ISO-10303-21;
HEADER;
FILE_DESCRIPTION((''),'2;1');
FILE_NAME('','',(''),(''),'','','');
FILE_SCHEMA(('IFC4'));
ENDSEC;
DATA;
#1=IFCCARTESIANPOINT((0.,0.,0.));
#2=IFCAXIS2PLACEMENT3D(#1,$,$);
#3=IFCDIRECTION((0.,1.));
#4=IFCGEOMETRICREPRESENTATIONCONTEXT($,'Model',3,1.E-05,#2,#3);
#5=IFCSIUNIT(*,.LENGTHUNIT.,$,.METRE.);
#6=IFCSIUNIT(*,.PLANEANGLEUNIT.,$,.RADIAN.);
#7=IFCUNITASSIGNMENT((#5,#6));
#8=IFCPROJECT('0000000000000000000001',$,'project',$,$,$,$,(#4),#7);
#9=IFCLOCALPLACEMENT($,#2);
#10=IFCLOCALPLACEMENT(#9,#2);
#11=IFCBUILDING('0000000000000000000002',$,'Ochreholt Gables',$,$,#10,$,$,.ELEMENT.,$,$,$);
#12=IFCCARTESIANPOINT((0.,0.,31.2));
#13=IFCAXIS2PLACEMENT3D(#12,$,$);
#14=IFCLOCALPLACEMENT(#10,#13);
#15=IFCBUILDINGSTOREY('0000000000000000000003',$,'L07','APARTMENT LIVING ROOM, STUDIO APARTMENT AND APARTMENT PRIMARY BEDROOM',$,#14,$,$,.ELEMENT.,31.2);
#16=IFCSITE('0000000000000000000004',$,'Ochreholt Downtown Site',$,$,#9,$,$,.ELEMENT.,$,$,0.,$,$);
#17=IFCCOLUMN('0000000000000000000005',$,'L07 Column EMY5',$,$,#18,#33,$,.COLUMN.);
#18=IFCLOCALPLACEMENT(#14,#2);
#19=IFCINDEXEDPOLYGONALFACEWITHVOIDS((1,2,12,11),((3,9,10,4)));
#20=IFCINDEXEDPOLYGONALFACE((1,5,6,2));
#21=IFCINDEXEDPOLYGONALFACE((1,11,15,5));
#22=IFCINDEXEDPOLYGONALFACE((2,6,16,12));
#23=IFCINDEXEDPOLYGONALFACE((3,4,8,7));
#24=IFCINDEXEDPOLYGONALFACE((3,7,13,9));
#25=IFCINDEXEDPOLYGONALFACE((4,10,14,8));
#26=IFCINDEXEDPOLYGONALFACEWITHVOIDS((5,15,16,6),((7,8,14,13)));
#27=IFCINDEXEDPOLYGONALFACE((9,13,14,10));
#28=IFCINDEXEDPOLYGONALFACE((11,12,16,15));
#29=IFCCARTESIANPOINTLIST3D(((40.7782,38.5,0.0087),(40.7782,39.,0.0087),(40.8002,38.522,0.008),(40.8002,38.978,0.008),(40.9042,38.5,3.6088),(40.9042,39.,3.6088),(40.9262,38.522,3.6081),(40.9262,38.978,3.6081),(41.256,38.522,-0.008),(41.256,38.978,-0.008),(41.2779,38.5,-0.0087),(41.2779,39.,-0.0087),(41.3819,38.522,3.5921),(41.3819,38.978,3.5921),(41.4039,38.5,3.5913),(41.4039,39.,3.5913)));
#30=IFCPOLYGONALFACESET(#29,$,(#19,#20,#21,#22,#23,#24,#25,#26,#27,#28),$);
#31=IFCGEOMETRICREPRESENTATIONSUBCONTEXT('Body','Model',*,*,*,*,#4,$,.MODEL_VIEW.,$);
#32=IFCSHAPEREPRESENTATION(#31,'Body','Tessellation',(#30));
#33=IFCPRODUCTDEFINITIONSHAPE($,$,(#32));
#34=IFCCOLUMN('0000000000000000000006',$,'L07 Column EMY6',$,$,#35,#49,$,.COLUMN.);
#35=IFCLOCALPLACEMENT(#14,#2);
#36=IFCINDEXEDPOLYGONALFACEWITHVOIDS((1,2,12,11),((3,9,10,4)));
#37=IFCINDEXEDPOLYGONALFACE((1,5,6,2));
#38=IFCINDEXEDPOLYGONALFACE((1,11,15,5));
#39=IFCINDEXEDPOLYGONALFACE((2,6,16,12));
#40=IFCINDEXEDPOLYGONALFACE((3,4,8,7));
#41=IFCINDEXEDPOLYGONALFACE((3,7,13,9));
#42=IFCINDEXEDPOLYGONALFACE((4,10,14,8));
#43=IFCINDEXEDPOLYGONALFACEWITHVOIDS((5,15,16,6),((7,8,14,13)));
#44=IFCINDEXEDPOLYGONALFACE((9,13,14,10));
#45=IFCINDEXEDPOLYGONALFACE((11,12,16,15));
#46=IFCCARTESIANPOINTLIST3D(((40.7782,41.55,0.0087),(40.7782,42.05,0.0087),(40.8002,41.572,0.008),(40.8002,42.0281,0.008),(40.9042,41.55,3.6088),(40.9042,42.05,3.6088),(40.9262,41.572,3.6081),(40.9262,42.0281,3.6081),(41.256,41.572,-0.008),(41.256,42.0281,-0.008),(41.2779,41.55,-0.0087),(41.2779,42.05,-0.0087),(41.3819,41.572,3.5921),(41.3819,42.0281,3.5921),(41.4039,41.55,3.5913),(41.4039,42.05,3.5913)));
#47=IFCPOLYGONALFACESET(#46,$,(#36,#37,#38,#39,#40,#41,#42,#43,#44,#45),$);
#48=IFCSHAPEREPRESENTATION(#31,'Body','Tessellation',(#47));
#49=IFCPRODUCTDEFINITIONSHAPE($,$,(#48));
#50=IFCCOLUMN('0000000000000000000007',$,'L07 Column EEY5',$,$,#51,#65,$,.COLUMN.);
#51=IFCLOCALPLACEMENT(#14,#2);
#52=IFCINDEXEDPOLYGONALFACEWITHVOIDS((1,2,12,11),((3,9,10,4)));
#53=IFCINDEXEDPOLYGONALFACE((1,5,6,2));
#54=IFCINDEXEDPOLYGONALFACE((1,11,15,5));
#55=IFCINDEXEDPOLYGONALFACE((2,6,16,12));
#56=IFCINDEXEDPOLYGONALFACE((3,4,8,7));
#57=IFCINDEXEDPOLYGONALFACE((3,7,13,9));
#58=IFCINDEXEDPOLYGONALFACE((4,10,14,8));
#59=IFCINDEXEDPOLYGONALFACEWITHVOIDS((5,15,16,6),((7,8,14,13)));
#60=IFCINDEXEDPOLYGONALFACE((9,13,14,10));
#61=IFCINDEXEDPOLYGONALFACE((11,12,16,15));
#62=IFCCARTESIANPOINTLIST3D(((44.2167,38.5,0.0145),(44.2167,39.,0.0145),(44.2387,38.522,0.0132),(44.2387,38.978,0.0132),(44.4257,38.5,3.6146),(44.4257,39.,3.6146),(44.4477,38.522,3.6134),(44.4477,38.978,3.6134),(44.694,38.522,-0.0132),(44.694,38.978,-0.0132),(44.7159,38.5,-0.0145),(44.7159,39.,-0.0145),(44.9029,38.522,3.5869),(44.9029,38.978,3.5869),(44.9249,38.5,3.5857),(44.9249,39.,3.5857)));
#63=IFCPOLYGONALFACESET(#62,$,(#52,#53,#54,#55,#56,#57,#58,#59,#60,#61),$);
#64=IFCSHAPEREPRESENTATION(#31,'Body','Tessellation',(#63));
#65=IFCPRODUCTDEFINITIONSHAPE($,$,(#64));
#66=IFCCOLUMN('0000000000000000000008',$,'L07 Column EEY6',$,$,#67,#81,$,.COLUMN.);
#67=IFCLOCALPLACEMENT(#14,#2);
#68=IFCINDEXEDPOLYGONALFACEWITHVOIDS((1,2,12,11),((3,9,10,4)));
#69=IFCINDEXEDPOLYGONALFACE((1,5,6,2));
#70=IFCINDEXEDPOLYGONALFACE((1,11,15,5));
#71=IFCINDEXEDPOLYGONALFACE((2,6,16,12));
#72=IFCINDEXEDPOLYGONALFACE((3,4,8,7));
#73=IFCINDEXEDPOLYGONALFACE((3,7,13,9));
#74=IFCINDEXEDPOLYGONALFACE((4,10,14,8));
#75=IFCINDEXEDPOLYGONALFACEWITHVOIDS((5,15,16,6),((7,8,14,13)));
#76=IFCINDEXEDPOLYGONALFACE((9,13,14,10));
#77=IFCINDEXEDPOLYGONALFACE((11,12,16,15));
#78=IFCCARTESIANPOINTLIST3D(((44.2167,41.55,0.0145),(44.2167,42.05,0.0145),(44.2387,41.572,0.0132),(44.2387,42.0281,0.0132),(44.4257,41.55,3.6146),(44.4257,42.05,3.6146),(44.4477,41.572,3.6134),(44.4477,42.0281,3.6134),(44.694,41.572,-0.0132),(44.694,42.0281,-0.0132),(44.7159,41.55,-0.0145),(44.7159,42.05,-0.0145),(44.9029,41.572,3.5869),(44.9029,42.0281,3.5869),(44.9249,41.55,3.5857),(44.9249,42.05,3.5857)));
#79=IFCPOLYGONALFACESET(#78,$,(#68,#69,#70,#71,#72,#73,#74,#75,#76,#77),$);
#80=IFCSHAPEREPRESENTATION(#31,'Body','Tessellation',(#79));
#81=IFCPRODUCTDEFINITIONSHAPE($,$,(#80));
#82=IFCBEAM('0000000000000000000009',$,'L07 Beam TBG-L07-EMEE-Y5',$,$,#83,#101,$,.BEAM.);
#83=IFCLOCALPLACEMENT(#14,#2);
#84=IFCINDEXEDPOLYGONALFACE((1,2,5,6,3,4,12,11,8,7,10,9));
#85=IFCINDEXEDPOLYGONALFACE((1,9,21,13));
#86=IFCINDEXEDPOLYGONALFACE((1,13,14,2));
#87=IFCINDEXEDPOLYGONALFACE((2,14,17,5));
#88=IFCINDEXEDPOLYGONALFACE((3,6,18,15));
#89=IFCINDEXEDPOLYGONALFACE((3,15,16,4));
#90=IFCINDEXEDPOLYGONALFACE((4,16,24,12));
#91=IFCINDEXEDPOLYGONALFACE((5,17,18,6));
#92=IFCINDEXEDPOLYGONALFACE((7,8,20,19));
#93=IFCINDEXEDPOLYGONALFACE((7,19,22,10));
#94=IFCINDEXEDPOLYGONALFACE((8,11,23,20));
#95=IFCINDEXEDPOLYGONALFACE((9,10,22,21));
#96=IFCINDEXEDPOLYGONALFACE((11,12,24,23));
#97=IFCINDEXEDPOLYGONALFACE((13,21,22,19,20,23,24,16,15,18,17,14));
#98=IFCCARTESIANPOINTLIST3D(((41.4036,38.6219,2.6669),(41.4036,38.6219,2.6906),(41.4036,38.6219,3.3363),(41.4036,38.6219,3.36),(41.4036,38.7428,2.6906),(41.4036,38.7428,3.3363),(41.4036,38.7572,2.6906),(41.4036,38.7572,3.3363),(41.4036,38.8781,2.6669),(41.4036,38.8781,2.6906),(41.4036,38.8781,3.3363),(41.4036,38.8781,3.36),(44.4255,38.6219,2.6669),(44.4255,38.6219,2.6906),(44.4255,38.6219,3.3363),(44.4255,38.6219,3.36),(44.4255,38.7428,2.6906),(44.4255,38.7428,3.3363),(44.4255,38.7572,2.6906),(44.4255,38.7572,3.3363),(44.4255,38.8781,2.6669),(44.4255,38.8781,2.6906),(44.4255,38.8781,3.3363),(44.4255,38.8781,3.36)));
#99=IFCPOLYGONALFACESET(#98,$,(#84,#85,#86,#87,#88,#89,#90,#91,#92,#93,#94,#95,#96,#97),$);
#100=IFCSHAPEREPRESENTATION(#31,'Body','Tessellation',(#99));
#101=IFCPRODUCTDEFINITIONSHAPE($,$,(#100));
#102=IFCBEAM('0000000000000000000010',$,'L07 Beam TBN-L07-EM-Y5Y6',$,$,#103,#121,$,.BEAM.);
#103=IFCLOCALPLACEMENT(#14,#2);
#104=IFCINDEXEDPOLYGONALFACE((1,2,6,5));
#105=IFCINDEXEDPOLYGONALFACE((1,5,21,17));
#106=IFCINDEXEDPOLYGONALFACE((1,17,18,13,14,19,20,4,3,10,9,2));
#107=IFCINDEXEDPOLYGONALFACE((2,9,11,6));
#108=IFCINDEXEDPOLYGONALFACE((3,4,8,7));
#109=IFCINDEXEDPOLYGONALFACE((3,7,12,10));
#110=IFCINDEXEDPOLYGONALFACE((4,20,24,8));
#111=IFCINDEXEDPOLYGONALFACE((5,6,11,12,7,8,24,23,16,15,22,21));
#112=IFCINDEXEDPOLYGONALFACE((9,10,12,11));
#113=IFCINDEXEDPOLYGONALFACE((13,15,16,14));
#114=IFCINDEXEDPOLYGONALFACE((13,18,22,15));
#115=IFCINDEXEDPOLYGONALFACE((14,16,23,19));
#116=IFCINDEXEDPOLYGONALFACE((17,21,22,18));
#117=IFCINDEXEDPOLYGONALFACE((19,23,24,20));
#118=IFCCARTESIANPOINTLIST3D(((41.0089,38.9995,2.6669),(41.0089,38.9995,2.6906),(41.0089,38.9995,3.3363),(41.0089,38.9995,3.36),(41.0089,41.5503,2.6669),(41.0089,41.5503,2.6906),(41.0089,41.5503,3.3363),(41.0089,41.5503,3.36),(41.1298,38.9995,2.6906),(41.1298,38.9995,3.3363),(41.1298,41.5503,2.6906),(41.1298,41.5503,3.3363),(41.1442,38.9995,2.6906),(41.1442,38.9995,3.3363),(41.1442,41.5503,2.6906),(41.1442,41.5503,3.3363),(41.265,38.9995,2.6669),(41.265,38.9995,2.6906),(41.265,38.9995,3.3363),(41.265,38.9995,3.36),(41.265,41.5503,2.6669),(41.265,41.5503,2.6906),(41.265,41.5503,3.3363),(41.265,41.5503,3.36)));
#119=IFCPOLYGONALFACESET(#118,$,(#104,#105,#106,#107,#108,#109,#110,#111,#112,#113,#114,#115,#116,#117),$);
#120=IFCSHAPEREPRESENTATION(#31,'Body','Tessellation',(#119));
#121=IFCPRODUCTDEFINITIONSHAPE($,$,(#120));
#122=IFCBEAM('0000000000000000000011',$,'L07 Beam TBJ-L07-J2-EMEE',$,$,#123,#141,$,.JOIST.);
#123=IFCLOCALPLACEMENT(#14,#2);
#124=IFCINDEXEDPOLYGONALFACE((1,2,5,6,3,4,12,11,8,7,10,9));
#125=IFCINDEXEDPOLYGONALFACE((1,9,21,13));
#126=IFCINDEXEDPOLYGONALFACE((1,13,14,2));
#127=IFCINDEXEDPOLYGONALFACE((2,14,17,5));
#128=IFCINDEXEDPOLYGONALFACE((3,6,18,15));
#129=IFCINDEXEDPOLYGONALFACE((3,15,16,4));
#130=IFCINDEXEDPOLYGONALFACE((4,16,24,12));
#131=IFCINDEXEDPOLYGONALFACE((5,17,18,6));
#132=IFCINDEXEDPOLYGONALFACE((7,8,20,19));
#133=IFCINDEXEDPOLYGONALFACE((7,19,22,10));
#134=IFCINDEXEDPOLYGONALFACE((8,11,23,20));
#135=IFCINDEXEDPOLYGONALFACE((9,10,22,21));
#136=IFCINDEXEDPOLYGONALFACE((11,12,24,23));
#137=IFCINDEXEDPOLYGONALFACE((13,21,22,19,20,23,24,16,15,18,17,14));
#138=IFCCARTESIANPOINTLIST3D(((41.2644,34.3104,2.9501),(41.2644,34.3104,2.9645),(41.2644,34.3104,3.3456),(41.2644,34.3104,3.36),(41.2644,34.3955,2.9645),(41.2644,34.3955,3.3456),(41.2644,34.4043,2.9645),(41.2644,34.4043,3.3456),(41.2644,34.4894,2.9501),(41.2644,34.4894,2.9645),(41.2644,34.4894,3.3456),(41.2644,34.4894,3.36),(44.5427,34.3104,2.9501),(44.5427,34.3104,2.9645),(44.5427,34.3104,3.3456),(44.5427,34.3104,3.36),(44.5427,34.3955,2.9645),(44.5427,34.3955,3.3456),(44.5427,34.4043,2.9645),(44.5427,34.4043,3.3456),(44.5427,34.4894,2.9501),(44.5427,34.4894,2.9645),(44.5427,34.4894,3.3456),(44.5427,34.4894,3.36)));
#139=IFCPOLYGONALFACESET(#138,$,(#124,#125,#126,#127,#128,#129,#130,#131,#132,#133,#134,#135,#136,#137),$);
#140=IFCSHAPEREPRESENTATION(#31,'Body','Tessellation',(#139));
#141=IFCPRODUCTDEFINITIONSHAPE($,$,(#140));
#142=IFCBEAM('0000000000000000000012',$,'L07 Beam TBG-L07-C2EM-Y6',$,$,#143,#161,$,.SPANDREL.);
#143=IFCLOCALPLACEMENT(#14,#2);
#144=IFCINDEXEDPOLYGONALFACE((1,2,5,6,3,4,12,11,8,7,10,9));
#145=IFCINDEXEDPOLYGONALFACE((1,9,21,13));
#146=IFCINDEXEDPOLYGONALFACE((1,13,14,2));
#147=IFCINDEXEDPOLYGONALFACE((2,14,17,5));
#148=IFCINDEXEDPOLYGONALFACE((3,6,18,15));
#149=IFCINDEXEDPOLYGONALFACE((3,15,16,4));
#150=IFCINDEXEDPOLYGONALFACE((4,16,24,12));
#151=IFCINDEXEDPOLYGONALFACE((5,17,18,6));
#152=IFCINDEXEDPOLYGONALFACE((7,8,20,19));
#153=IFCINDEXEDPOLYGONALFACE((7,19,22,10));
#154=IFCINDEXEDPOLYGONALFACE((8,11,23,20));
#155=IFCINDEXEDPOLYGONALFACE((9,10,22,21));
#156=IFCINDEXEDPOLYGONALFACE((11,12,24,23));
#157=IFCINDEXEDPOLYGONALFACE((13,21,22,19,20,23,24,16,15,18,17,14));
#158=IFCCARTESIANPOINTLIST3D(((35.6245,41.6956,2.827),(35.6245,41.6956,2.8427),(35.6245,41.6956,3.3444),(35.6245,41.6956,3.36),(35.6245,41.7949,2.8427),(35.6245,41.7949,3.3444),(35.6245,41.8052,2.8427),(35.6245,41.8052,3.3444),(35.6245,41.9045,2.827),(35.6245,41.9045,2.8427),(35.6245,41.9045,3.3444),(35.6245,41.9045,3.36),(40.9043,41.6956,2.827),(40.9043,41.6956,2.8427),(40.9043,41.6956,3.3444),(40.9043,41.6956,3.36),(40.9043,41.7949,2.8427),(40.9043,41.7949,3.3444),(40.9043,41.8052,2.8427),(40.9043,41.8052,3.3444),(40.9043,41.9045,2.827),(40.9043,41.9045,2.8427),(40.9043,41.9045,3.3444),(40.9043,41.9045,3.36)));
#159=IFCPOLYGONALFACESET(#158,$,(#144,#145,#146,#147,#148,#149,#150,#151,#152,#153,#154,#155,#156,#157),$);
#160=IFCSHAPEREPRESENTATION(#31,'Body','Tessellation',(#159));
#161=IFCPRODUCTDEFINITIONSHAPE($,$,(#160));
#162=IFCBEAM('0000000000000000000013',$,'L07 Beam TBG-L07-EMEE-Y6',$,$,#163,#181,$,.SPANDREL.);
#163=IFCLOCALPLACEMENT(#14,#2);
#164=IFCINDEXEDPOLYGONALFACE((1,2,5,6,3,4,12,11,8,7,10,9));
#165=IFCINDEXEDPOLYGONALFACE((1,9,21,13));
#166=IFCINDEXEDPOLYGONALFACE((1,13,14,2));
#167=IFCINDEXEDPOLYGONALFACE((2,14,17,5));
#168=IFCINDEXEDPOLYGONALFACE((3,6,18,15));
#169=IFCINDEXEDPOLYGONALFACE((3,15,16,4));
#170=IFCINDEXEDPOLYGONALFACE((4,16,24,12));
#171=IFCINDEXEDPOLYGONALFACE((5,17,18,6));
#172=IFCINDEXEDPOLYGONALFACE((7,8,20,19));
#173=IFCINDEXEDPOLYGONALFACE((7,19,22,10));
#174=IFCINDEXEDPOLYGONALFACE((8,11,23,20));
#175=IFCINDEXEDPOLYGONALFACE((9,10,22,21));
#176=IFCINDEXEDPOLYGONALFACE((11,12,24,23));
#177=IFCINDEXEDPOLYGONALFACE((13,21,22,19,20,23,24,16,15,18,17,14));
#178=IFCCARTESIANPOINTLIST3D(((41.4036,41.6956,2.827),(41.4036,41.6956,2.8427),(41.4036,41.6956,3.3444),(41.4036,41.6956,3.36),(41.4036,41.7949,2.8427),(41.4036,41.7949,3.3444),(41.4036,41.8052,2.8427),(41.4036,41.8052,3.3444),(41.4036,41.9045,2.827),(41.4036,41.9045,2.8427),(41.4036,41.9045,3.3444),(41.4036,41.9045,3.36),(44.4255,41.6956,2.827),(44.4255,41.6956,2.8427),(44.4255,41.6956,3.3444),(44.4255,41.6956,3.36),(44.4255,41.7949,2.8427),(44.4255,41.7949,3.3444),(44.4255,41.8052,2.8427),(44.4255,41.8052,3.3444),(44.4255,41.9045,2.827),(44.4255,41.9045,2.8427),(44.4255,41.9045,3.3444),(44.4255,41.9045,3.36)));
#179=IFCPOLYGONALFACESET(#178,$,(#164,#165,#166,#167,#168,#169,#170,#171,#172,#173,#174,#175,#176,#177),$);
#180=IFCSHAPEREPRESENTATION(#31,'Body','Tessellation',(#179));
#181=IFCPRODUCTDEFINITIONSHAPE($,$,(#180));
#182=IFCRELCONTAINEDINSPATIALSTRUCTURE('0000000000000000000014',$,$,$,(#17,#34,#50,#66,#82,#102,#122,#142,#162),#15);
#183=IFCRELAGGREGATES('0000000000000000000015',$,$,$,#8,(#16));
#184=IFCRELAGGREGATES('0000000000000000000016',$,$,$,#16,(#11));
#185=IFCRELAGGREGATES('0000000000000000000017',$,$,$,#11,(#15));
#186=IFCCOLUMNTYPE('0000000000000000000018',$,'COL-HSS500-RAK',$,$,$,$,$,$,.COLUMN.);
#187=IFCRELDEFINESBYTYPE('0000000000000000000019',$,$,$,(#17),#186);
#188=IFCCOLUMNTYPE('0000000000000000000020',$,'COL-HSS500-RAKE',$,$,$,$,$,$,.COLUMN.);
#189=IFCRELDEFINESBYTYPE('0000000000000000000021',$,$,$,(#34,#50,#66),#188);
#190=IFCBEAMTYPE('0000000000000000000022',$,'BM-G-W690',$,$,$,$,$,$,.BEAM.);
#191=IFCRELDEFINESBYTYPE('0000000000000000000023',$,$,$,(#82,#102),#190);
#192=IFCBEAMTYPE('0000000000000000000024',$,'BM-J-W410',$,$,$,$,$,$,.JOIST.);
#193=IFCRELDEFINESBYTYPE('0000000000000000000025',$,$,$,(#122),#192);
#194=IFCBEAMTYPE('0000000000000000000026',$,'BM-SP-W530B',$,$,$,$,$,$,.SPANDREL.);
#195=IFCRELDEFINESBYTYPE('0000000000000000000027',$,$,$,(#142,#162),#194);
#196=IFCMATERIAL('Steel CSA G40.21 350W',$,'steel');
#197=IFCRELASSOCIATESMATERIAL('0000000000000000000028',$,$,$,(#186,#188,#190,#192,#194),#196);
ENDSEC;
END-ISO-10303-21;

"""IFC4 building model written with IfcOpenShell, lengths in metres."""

from ifc_helpers import new_model, si_unit, direction, frame, origin, origin_2d, place, context, subcontext, project, spatial, hollow_rectangle, i_section, extrude, material, material_profile, profile_set, type_object, element, save


model = new_model("IFC4")

# Units and contexts
model_context = context("Model", 3, precision=1e-05, world=origin(), true_north=direction((0.0, 1.0)))
body_context = subcontext(model_context, "Body", "Model", "MODEL_VIEW")
ifc_project = project(units=[si_unit("LENGTHUNIT", "METRE"), si_unit("PLANEANGLEUNIT", "RADIAN")], contexts=[model_context])

# Site, building, storey
site_placement = place(None, origin())
site = spatial("IfcSite", under=ifc_project, at=site_placement, Name="Ochreholt Downtown Site", CompositionType="ELEMENT", RefElevation=0.0)
building_placement = place(site_placement, origin())
building = spatial("IfcBuilding", under=site, at=building_placement, Name="Ochreholt Gables", CompositionType="ELEMENT")
storey_placement = place(building_placement, frame((0.0, 0.0, 31.2)))
storey = spatial("IfcBuildingStorey", under=building, at=storey_placement, Name="L07", Description="APARTMENT LIVING ROOM, STUDIO APARTMENT AND APARTMENT PRIMARY BEDROOM", CompositionType="ELEMENT", Elevation=31.2)

# Columns
ifc_material_1 = material(Name="Steel CSA G40.21 350W", Category="steel")
ifc_material_profile_1 = material_profile(ifc_material_1, hollow_rectangle(XDim=0.5, YDim=0.5, WallThickness=0.022, at=origin_2d()), Name="HSS500X500X22")
ifc_profile_set_1 = profile_set([ifc_material_profile_1], Name="Steel CSA G40.21 350W")
column_type_1 = type_object("IfcColumnType", Name="COL-HSS500-RAK", PredefinedType="COLUMN", material=ifc_profile_set_1)
column_1_placement = place(storey_placement, frame((41.0281, 38.75, 0.0), z_axis=(0.034971, 0.0, 0.999388), x_axis=(0.0, 1.0, 0.0)))
element("IfcColumn", 1, at=column_1_placement, inside=storey, type_object=column_type_1, Name="L07 Column EMY5", PredefinedType="COLUMN", context=body_context, shape_type="SweptSolid", body=[
    extrude(hollow_rectangle(XDim=0.5, YDim=0.5, WallThickness=0.022, at=origin_2d()), origin(), (0.0, 0.0, 1.0), 3.6023),
])
ifc_material_profile_2 = material_profile(ifc_material_1, hollow_rectangle(XDim=0.5, YDim=0.5, WallThickness=0.022, at=origin_2d()), Name="HSS500X500X22")
ifc_profile_set_2 = profile_set([ifc_material_profile_2], Name="Steel CSA G40.21 350W")
column_type_2 = type_object("IfcColumnType", Name="COL-HSS500-RAKE", PredefinedType="COLUMN", material=ifc_profile_set_2)
column_2_placement = place(storey_placement, frame((41.0281, 41.8, 0.0), z_axis=(0.034971, 0.0, 0.999388), x_axis=(0.0, 1.0, 0.0)))
element("IfcColumn", 2, at=column_2_placement, inside=storey, type_object=column_type_2, Name="L07 Column EMY6", PredefinedType="COLUMN", context=body_context, shape_type="SweptSolid", body=[
    extrude(hollow_rectangle(XDim=0.5, YDim=0.5, WallThickness=0.022, at=origin_2d()), origin(), (0.0, 0.0, 1.0), 3.6023),
])
for number, where, z_axis, x_axis, name in (
    (3, (44.4663, 38.75, 0.0), (0.057952, 0.0, 0.998319), (0.0, 1.0, 0.0), "L07 Column EEY5"),
    (4, (44.4663, 41.8, 0.0), (0.057952, 0.0, 0.998319), (0.0, 1.0, 0.0), "L07 Column EEY6"),
):
    element("IfcColumn", number, at=place(storey_placement, frame(where, z_axis=z_axis, x_axis=x_axis)), inside=storey, type_object=column_type_2, Name=name, PredefinedType="COLUMN", context=body_context, shape_type="SweptSolid", body=[
        extrude(hollow_rectangle(XDim=0.5, YDim=0.5, WallThickness=0.022, at=origin_2d()), origin(), (0.0, 0.0, 1.0), 3.6062),
    ])

# Beams
ifc_material_profile_3 = material_profile(ifc_material_1, i_section(OverallWidth=0.2561, OverallDepth=0.6931, WebThickness=0.0144, FlangeThickness=0.0237, at=origin_2d()), Name="W690X170")
ifc_profile_set_3 = profile_set([ifc_material_profile_3], Name="Steel CSA G40.21 350W")
beam_type_1 = type_object("IfcBeamType", Name="BM-G-W690", PredefinedType="BEAM", material=ifc_profile_set_3)
beam_1_placement = place(storey_placement, frame((41.4036, 38.75, 3.0134), z_axis=(1.0, 0.0, 0.0), x_axis=(0.0, 1.0, 0.0)))
element("IfcBeam", 5, at=beam_1_placement, inside=storey, type_object=beam_type_1, Name="L07 Beam TBG-L07-EMEE-Y5", PredefinedType="BEAM", context=body_context, shape_type="SweptSolid", body=[
    extrude(i_section(OverallWidth=0.2561, OverallDepth=0.6931, WebThickness=0.0144, FlangeThickness=0.0237, at=origin_2d()), origin(), (0.0, 0.0, 1.0), 3.022),
])
beam_2_placement = place(storey_placement, frame((41.137, 38.9995, 3.0134), z_axis=(0.0, 1.0, 0.0), x_axis=(-1.0, 0.0, 0.0)))
element("IfcBeam", 6, at=beam_2_placement, inside=storey, type_object=beam_type_1, Name="L07 Beam TBN-L07-EM-Y5Y6", PredefinedType="BEAM", context=body_context, shape_type="SweptSolid", body=[
    extrude(i_section(OverallWidth=0.2561, OverallDepth=0.6931, WebThickness=0.0144, FlangeThickness=0.0237, at=origin_2d()), origin(), (0.0, 0.0, 1.0), 2.5508),
])
ifc_material_profile_4 = material_profile(ifc_material_1, i_section(OverallWidth=0.179, OverallDepth=0.4099, WebThickness=0.0088, FlangeThickness=0.0144, at=origin_2d()), Name="W410X67")
ifc_profile_set_4 = profile_set([ifc_material_profile_4], Name="Steel CSA G40.21 350W")
beam_type_2 = type_object("IfcBeamType", Name="BM-J-W410", PredefinedType="JOIST", material=ifc_profile_set_4)
beam_3_placement = place(storey_placement, frame((41.2644, 34.3999, 3.155), z_axis=(1.0, 0.0, 0.0), x_axis=(0.0, 1.0, 0.0)))
element("IfcBeam", 7, at=beam_3_placement, inside=storey, type_object=beam_type_2, Name="L07 Beam TBJ-L07-J2-EMEE", PredefinedType="JOIST", context=body_context, shape_type="SweptSolid", body=[
    extrude(i_section(OverallWidth=0.179, OverallDepth=0.4099, WebThickness=0.0088, FlangeThickness=0.0144, at=origin_2d()), origin(), (0.0, 0.0, 1.0), 3.2783),
])
ifc_material_profile_5 = material_profile(ifc_material_1, i_section(OverallWidth=0.209, OverallDepth=0.533, WebThickness=0.0103, FlangeThickness=0.0156, at=origin_2d()), Name="W530X92")
ifc_profile_set_5 = profile_set([ifc_material_profile_5], Name="Steel CSA G40.21 350W")
beam_type_3 = type_object("IfcBeamType", Name="BM-SP-W530B", PredefinedType="SPANDREL", material=ifc_profile_set_5)
beam_4_placement = place(storey_placement, frame((35.6245, 41.8, 3.0935), z_axis=(1.0, 0.0, 0.0), x_axis=(0.0, 1.0, 0.0)))
element("IfcBeam", 8, at=beam_4_placement, inside=storey, type_object=beam_type_3, Name="L07 Beam TBG-L07-C2EM-Y6", PredefinedType="SPANDREL", context=body_context, shape_type="SweptSolid", body=[
    extrude(i_section(OverallWidth=0.209, OverallDepth=0.533, WebThickness=0.0103, FlangeThickness=0.0156, at=origin_2d()), origin(), (0.0, 0.0, 1.0), 5.2798),
])
beam_5_placement = place(storey_placement, frame((41.4036, 41.8, 3.0935), z_axis=(1.0, 0.0, 0.0), x_axis=(0.0, 1.0, 0.0)))
element("IfcBeam", 9, at=beam_5_placement, inside=storey, type_object=beam_type_3, Name="L07 Beam TBG-L07-EMEE-Y6", PredefinedType="SPANDREL", context=body_context, shape_type="SweptSolid", body=[
    extrude(i_section(OverallWidth=0.209, OverallDepth=0.533, WebThickness=0.0103, FlangeThickness=0.0156, at=origin_2d()), origin(), (0.0, 0.0, 1.0), 3.022),
])

save(model, "model.ifc")
